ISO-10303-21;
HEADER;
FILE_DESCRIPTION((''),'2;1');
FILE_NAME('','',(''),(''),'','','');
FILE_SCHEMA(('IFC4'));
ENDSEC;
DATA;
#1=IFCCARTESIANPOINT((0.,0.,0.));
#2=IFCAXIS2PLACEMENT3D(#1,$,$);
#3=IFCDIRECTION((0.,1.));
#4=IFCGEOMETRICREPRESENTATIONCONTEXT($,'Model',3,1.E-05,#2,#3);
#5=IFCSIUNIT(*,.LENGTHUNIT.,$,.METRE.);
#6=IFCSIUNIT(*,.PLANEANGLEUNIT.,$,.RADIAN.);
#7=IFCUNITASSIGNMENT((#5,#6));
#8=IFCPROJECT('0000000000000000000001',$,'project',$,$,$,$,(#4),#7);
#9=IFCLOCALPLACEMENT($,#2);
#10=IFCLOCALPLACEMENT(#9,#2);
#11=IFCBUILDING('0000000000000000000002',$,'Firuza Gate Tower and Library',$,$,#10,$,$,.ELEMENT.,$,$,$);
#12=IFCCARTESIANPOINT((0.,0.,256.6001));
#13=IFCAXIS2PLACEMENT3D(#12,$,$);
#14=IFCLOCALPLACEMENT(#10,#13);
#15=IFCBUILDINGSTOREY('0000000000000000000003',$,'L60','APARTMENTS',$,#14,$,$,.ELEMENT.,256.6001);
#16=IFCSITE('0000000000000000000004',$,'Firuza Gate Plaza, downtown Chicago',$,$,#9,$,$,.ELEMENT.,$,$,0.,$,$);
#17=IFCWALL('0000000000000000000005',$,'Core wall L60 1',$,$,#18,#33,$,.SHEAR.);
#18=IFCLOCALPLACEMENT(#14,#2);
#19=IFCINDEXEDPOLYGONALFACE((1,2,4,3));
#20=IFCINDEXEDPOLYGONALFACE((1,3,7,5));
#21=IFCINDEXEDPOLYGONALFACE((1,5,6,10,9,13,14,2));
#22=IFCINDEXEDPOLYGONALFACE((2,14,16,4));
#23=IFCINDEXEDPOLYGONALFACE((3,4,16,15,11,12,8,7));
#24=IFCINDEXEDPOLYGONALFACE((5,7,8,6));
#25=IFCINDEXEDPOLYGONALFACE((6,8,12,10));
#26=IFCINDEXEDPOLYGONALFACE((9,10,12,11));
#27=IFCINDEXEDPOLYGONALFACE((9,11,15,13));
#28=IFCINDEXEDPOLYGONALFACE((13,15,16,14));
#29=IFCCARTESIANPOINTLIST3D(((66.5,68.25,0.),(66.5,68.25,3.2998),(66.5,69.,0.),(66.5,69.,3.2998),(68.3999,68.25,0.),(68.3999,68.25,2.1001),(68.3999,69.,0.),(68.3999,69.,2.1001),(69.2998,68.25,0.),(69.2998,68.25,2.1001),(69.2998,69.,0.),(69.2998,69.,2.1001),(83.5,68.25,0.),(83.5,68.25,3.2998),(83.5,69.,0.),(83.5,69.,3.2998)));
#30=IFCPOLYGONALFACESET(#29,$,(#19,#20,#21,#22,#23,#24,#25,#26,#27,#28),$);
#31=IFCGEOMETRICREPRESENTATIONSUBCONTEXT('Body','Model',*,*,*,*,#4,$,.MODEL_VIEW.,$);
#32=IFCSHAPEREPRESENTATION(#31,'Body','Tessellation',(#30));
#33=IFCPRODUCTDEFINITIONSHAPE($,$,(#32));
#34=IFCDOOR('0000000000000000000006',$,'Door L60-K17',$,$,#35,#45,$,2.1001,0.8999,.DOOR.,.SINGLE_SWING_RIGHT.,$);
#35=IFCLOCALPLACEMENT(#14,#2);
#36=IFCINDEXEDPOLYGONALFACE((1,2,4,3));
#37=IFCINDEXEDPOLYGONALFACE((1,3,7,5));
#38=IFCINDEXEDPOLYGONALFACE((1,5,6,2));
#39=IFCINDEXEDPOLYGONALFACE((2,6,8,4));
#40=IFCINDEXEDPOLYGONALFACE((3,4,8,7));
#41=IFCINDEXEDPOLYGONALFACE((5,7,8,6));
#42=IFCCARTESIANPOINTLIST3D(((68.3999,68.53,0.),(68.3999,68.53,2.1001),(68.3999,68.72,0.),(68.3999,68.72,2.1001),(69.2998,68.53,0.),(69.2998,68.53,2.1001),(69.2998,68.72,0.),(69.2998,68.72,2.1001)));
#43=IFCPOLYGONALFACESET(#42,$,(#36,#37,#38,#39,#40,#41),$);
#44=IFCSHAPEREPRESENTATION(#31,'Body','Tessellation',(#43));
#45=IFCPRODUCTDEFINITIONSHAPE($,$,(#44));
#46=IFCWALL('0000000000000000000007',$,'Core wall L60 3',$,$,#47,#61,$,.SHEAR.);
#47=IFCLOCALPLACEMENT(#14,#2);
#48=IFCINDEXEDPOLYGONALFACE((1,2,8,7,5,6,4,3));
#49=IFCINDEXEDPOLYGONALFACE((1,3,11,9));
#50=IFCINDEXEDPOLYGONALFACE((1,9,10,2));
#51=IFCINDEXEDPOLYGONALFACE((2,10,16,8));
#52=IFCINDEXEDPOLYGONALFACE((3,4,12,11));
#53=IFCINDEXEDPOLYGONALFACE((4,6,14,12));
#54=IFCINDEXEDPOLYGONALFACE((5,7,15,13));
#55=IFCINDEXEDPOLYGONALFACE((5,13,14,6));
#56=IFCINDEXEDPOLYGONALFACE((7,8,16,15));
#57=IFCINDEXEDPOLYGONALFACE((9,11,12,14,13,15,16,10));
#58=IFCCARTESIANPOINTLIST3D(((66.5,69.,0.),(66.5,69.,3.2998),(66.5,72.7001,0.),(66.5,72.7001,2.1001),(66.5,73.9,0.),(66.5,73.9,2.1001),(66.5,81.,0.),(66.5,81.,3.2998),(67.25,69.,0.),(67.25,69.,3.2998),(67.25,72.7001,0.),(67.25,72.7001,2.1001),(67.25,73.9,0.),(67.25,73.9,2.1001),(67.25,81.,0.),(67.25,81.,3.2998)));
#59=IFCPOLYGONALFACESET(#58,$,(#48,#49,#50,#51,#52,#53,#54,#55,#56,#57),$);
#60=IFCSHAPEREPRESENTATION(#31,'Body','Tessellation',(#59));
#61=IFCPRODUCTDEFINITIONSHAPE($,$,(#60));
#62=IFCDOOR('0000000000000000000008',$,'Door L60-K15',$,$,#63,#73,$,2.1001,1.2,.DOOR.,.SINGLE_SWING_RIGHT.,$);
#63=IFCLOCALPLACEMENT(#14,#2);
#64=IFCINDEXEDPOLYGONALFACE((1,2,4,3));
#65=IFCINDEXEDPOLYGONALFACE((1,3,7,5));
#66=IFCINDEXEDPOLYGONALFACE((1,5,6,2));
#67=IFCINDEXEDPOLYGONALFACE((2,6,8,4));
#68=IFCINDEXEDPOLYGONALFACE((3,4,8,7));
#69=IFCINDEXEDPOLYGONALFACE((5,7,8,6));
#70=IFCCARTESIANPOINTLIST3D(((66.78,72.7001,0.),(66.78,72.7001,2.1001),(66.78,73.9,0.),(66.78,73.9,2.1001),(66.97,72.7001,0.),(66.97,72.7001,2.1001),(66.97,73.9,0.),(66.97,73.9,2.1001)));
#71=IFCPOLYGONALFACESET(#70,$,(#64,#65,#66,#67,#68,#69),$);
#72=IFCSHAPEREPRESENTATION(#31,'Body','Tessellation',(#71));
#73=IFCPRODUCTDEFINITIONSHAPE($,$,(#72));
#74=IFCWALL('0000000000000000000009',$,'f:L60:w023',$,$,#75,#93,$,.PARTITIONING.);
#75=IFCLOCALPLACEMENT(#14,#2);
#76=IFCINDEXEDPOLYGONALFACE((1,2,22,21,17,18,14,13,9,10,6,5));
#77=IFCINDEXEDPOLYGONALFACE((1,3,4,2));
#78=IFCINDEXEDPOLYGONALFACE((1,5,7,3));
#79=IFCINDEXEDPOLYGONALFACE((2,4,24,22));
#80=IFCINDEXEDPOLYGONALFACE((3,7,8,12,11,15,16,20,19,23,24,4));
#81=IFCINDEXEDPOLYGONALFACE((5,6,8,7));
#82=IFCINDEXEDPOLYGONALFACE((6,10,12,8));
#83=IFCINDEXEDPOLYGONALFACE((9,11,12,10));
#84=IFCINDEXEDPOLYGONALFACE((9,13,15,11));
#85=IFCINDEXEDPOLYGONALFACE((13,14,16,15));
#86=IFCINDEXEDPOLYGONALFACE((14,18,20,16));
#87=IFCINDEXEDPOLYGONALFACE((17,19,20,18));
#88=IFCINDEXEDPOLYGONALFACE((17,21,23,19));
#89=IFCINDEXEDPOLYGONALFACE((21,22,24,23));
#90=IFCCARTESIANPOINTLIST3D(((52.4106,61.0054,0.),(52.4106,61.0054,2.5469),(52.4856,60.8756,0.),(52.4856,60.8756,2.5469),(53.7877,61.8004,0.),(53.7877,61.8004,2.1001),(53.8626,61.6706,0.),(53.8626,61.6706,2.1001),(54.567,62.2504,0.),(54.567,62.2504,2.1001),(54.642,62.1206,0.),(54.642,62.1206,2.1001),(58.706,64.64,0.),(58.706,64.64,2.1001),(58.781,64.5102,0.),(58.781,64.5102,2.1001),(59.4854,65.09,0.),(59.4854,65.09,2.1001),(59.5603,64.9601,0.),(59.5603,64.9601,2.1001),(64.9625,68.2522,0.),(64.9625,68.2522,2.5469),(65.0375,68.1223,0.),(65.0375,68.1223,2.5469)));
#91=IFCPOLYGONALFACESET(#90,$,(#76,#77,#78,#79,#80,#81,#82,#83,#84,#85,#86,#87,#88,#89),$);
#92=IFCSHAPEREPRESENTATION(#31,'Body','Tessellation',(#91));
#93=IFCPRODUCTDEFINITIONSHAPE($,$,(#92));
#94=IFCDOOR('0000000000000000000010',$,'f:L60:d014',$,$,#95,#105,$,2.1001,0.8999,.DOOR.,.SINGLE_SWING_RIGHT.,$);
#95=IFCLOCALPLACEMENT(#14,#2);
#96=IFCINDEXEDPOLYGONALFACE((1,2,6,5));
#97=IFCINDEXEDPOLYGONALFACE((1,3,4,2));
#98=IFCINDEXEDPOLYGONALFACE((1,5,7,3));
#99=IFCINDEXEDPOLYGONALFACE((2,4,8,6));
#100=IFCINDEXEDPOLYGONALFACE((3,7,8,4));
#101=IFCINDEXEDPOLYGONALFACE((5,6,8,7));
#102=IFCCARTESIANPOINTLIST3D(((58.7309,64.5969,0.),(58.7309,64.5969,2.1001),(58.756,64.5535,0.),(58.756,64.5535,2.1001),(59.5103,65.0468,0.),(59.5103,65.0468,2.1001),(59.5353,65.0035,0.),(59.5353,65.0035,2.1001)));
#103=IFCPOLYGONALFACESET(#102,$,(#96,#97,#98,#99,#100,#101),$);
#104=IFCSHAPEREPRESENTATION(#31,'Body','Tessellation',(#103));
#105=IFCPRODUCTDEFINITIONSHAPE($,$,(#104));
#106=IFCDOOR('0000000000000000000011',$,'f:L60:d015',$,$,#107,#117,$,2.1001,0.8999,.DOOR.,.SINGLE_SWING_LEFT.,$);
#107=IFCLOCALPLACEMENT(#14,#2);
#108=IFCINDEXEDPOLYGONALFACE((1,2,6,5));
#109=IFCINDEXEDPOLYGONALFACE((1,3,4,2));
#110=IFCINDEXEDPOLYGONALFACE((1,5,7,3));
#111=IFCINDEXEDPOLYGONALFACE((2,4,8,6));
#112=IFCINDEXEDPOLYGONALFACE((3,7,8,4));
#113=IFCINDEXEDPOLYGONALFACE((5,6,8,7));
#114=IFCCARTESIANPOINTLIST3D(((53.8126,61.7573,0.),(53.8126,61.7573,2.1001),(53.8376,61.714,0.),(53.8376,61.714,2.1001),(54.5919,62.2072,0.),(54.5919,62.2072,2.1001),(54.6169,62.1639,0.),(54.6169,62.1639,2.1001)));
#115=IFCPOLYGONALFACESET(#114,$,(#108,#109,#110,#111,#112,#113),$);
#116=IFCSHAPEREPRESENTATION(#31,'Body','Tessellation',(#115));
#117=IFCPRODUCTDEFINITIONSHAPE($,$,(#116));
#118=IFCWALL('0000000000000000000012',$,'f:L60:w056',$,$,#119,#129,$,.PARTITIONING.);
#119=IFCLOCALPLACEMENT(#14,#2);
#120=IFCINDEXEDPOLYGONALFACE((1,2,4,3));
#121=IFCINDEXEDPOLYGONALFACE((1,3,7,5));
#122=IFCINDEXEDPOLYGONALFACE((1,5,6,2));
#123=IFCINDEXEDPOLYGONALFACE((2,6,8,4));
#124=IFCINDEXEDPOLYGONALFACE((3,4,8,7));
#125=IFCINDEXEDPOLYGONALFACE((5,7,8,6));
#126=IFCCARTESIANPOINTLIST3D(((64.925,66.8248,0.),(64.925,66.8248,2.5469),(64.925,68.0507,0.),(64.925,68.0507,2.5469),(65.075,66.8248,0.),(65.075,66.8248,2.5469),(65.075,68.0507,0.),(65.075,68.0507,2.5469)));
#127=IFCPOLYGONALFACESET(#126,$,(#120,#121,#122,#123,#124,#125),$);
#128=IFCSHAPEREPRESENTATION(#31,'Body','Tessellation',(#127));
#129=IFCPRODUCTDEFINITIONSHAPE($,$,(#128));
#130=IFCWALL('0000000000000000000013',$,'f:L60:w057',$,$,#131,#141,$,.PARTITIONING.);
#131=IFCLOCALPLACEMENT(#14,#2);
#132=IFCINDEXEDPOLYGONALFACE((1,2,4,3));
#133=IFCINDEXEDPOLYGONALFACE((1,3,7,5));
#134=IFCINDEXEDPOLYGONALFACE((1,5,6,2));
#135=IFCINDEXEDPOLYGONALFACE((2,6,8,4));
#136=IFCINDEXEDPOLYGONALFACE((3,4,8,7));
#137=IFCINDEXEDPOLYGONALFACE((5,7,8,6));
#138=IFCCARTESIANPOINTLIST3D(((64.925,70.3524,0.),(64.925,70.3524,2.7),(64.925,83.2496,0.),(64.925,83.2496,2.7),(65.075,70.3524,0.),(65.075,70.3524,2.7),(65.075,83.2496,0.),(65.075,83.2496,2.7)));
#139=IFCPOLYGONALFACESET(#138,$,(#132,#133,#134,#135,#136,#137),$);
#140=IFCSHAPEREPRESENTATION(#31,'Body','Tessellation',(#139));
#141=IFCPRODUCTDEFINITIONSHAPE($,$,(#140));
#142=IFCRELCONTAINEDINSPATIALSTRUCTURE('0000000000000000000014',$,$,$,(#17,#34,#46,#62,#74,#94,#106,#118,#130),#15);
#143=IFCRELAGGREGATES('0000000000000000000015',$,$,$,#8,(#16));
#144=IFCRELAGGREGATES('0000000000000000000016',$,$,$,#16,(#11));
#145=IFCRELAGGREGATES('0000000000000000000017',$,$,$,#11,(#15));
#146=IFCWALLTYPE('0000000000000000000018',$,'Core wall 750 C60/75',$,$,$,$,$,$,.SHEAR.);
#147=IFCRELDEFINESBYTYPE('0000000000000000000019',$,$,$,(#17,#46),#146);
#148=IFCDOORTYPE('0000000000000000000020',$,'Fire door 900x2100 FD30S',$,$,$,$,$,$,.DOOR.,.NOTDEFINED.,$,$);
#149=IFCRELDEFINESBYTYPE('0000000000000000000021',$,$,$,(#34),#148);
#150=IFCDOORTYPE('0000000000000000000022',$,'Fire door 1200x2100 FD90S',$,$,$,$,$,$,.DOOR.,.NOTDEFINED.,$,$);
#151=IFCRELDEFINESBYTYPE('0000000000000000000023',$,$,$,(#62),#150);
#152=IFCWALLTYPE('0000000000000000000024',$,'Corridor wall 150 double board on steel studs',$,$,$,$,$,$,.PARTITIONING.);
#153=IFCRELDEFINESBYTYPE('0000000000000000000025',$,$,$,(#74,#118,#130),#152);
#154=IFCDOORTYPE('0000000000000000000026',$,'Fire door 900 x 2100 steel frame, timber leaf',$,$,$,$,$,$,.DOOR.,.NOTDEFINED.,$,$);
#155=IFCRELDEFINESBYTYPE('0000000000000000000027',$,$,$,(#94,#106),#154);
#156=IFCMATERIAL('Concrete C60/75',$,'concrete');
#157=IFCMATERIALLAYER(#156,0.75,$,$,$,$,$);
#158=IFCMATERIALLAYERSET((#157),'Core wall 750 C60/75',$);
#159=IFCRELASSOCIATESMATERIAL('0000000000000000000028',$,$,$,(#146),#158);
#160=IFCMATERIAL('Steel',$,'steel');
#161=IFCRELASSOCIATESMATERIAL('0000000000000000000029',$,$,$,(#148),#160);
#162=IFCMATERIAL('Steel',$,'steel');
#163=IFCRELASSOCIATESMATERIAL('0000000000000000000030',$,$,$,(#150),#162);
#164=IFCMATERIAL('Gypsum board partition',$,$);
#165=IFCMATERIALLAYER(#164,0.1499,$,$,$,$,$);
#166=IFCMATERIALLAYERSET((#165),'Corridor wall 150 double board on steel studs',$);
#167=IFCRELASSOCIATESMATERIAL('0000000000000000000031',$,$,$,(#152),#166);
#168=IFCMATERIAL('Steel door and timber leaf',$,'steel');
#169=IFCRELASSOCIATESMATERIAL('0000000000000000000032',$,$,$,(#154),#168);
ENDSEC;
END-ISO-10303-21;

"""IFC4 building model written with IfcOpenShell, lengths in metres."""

from ifc_helpers import new_model, si_unit, direction, frame, frame_2d, origin, place, context, subcontext, project, spatial, rectangle, extrude, material, layer, layer_set, type_object, element, fill, save


model = new_model("IFC4")

# Units and contexts
model_context = context("Model", 3, precision=1e-05, world=origin(), true_north=direction((0.0, 1.0)))
body_context = subcontext(model_context, "Body", "Model", "MODEL_VIEW")
ifc_project = project(units=[si_unit("LENGTHUNIT", "METRE"), si_unit("PLANEANGLEUNIT", "RADIAN")], contexts=[model_context])

# Site, building, storey
site_placement = place(None, origin())
site = spatial("IfcSite", under=ifc_project, at=site_placement, Name="Firuza Gate Plaza, downtown Chicago", CompositionType="ELEMENT", RefElevation=0.0)
building_placement = place(site_placement, origin())
building = spatial("IfcBuilding", under=site, at=building_placement, Name="Firuza Gate Tower and Library", CompositionType="ELEMENT")
storey_placement = place(building_placement, frame((0.0, 0.0, 256.6001)))
storey = spatial("IfcBuildingStorey", under=building, at=storey_placement, Name="L60", Description="APARTMENTS", CompositionType="ELEMENT", Elevation=256.6001)

# Walls, openings, doors
ifc_material_1 = material(Name="Concrete C60/75", Category="concrete")
ifc_layer_1 = layer(ifc_material_1, 0.75)
ifc_layer_set_1 = layer_set([ifc_layer_1], Name="Core wall 750 C60/75")
wall_type_1 = type_object("IfcWallType", Name="Core wall 750 C60/75", PredefinedType="SHEAR", material=ifc_layer_set_1)
wall_1_placement = place(storey_placement, frame((66.5, 68.625, 0.0), z_axis=(0.0, 0.0, 1.0), x_axis=(1.0, 0.0, 0.0)))
wall_1 = element("IfcWall", 1, at=wall_1_placement, inside=storey, type_object=wall_type_1, Name="Core wall L60 1", PredefinedType="SHEAR", context=body_context, shape_type="SweptSolid", body=[
    extrude(rectangle(XDim=17.0, YDim=0.75, at=frame_2d((8.5, 0.0))), origin(), (0.0, 0.0, 1.0), 3.2998),
])
opening_1_placement = place(wall_1_placement, frame((1.8999, 0.0, 0.0)))
opening_1 = element("IfcOpeningElement", 2, at=opening_1_placement, cuts=wall_1, PredefinedType="OPENING", context=body_context, shape_type="SweptSolid", body=[
    extrude(rectangle(XDim=0.8999, YDim=2.1001, at=frame_2d((0.45, 1.05))), frame((0.0, 0.385, 0.0), z_axis=(0.0, -1.0, 0.0), x_axis=(1.0, 0.0, 0.0)), (0.0, 0.0, 1.0), 0.77),
])
ifc_material_2 = material(Name="Steel", Category="steel")
door_type_1 = type_object("IfcDoorType", Name="Fire door 900x2100 FD30S", OperationType="NOTDEFINED", PredefinedType="DOOR", material=ifc_material_2)
door_1_placement = place(opening_1_placement, origin())
door_1 = element("IfcDoor", 3, at=door_1_placement, inside=storey, type_object=door_type_1, Name="Door L60-K17", OperationType="SINGLE_SWING_RIGHT", OverallHeight=2.1001, OverallWidth=0.8999, PredefinedType="DOOR", context=body_context, shape_type="SweptSolid", body=[
    extrude(rectangle(XDim=0.8999, YDim=2.1001, at=frame_2d((0.45, 1.05))), frame((0.0, 0.095, 0.0), z_axis=(0.0, -1.0, 0.0), x_axis=(1.0, 0.0, 0.0)), (0.0, 0.0, 1.0), 0.1899),
])
fill(opening_1, door_1)
wall_2_placement = place(storey_placement, frame((66.875, 69.0, 0.0), z_axis=(0.0, 0.0, 1.0), x_axis=(0.0, 1.0, 0.0)))
wall_2 = element("IfcWall", 4, at=wall_2_placement, inside=storey, type_object=wall_type_1, Name="Core wall L60 3", PredefinedType="SHEAR", context=body_context, shape_type="SweptSolid", body=[
    extrude(rectangle(XDim=12.0, YDim=0.75, at=frame_2d((6.0, 0.0))), origin(), (0.0, 0.0, 1.0), 3.2998),
])
opening_2_placement = place(wall_2_placement, frame((3.7, 0.0, 0.0)))
opening_2 = element("IfcOpeningElement", 5, at=opening_2_placement, cuts=wall_2, PredefinedType="OPENING", context=body_context, shape_type="SweptSolid", body=[
    extrude(rectangle(XDim=1.2, YDim=2.1001, at=frame_2d((0.6001, 1.05))), frame((0.0, 0.385, 0.0), z_axis=(0.0, -1.0, 0.0), x_axis=(1.0, 0.0, 0.0)), (0.0, 0.0, 1.0), 0.77),
])
ifc_material_3 = material(Name="Steel", Category="steel")
door_type_2 = type_object("IfcDoorType", Name="Fire door 1200x2100 FD90S", OperationType="NOTDEFINED", PredefinedType="DOOR", material=ifc_material_3)
door_2_placement = place(opening_2_placement, origin())
door_2 = element("IfcDoor", 6, at=door_2_placement, inside=storey, type_object=door_type_2, Name="Door L60-K15", OperationType="SINGLE_SWING_RIGHT", OverallHeight=2.1001, OverallWidth=1.2, PredefinedType="DOOR", context=body_context, shape_type="SweptSolid", body=[
    extrude(rectangle(XDim=1.2, YDim=2.1001, at=frame_2d((0.6001, 1.05))), frame((0.0, 0.095, 0.0), z_axis=(0.0, -1.0, 0.0), x_axis=(1.0, 0.0, 0.0)), (0.0, 0.0, 1.0), 0.1899),
])
fill(opening_2, door_2)

# Wall, openings, doors
ifc_material_4 = material(Name="Gypsum board partition")
ifc_layer_2 = layer(ifc_material_4, 0.1499)
ifc_layer_set_2 = layer_set([ifc_layer_2], Name="Corridor wall 150 double board on steel studs")
wall_type_2 = type_object("IfcWallType", Name="Corridor wall 150 double board on steel studs", PredefinedType="PARTITIONING", material=ifc_layer_set_2)
wall_3_placement = place(storey_placement, frame((65.0, 68.1873, 0.0), z_axis=(0.0, 0.0, 1.0), x_axis=(-0.866028, -0.499996, 0.0)))
wall_3 = element("IfcWall", 7, at=wall_3_placement, inside=storey, type_object=wall_type_2, Name="f:L60:w023", PredefinedType="PARTITIONING", context=body_context, shape_type="SweptSolid", body=[
    extrude(rectangle(XDim=14.4937, YDim=0.1499, at=frame_2d((7.2468, 0.0))), origin(), (0.0, 0.0, 1.0), 2.5469),
])
opening_3_placement = place(wall_3_placement, frame((6.3245, 0.0, 0.0)))
opening_3 = element("IfcOpeningElement", 8, at=opening_3_placement, cuts=wall_3, PredefinedType="OPENING", context=body_context, shape_type="SweptSolid", body=[
    extrude(rectangle(XDim=0.8999, YDim=2.1001, at=frame_2d((0.45, 1.05))), frame((0.0, 0.085, 0.0), z_axis=(0.0, -1.0, 0.0), x_axis=(1.0, 0.0, 0.0)), (0.0, 0.0, 1.0), 0.1699),
])
opening_4_placement = place(wall_3_placement, frame((12.0037, 0.0, 0.0)))
opening_4 = element("IfcOpeningElement", 9, at=opening_4_placement, cuts=wall_3, PredefinedType="OPENING", context=body_context, shape_type="SweptSolid", body=[
    extrude(rectangle(XDim=0.8999, YDim=2.1001, at=frame_2d((0.45, 1.05))), frame((0.0, 0.085, 0.0), z_axis=(0.0, -1.0, 0.0), x_axis=(1.0, 0.0, 0.0)), (0.0, 0.0, 1.0), 0.1699),
])
ifc_material_5 = material(Name="Steel door and timber leaf", Category="steel")
door_type_3 = type_object("IfcDoorType", Name="Fire door 900 x 2100 steel frame, timber leaf", OperationType="NOTDEFINED", PredefinedType="DOOR", material=ifc_material_5)
door_3_placement = place(opening_3_placement, origin())
door_3 = element("IfcDoor", 10, at=door_3_placement, inside=storey, type_object=door_type_3, Name="f:L60:d014", OperationType="SINGLE_SWING_RIGHT", OverallHeight=2.1001, OverallWidth=0.8999, PredefinedType="DOOR", context=body_context, shape_type="SweptSolid", body=[
    extrude(rectangle(XDim=0.8999, YDim=2.1001, at=frame_2d((0.45, 1.05))), frame((0.0, 0.0249, 0.0), z_axis=(0.0, -1.0, 0.0), x_axis=(1.0, 0.0, 0.0)), (0.0, 0.0, 1.0), 0.05),
])
fill(opening_3, door_3)
door_4_placement = place(opening_4_placement, origin())
door_4 = element("IfcDoor", 11, at=door_4_placement, inside=storey, type_object=door_type_3, Name="f:L60:d015", OperationType="SINGLE_SWING_LEFT", OverallHeight=2.1001, OverallWidth=0.8999, PredefinedType="DOOR", context=body_context, shape_type="SweptSolid", body=[
    extrude(rectangle(XDim=0.8999, YDim=2.1001, at=frame_2d((0.45, 1.05))), frame((0.0, 0.0249, 0.0), z_axis=(0.0, -1.0, 0.0), x_axis=(1.0, 0.0, 0.0)), (0.0, 0.0, 1.0), 0.05),
])
fill(opening_4, door_4)

# Walls
wall_4_placement = place(storey_placement, frame((65.0, 66.825, 0.0), z_axis=(0.0, 0.0, 1.0), x_axis=(0.0, 1.0, 0.0)))
element("IfcWall", 12, at=wall_4_placement, inside=storey, type_object=wall_type_2, Name="f:L60:w056", PredefinedType="PARTITIONING", context=body_context, shape_type="SweptSolid", body=[
    extrude(rectangle(XDim=1.2258, YDim=0.1499, at=frame_2d((0.6128, 0.0))), origin(), (0.0, 0.0, 1.0), 2.5469),
])
wall_5_placement = place(storey_placement, frame((65.0, 70.3523, 0.0), z_axis=(0.0, 0.0, 1.0), x_axis=(0.0, 1.0, 0.0)))
element("IfcWall", 13, at=wall_5_placement, inside=storey, type_object=wall_type_2, Name="f:L60:w057", PredefinedType="PARTITIONING", context=body_context, shape_type="SweptSolid", body=[
    extrude(rectangle(XDim=12.8972, YDim=0.1499, at=frame_2d((6.4487, 0.0))), origin(), (0.0, 0.0, 1.0), 2.7),
])

save(model, "model.ifc")
